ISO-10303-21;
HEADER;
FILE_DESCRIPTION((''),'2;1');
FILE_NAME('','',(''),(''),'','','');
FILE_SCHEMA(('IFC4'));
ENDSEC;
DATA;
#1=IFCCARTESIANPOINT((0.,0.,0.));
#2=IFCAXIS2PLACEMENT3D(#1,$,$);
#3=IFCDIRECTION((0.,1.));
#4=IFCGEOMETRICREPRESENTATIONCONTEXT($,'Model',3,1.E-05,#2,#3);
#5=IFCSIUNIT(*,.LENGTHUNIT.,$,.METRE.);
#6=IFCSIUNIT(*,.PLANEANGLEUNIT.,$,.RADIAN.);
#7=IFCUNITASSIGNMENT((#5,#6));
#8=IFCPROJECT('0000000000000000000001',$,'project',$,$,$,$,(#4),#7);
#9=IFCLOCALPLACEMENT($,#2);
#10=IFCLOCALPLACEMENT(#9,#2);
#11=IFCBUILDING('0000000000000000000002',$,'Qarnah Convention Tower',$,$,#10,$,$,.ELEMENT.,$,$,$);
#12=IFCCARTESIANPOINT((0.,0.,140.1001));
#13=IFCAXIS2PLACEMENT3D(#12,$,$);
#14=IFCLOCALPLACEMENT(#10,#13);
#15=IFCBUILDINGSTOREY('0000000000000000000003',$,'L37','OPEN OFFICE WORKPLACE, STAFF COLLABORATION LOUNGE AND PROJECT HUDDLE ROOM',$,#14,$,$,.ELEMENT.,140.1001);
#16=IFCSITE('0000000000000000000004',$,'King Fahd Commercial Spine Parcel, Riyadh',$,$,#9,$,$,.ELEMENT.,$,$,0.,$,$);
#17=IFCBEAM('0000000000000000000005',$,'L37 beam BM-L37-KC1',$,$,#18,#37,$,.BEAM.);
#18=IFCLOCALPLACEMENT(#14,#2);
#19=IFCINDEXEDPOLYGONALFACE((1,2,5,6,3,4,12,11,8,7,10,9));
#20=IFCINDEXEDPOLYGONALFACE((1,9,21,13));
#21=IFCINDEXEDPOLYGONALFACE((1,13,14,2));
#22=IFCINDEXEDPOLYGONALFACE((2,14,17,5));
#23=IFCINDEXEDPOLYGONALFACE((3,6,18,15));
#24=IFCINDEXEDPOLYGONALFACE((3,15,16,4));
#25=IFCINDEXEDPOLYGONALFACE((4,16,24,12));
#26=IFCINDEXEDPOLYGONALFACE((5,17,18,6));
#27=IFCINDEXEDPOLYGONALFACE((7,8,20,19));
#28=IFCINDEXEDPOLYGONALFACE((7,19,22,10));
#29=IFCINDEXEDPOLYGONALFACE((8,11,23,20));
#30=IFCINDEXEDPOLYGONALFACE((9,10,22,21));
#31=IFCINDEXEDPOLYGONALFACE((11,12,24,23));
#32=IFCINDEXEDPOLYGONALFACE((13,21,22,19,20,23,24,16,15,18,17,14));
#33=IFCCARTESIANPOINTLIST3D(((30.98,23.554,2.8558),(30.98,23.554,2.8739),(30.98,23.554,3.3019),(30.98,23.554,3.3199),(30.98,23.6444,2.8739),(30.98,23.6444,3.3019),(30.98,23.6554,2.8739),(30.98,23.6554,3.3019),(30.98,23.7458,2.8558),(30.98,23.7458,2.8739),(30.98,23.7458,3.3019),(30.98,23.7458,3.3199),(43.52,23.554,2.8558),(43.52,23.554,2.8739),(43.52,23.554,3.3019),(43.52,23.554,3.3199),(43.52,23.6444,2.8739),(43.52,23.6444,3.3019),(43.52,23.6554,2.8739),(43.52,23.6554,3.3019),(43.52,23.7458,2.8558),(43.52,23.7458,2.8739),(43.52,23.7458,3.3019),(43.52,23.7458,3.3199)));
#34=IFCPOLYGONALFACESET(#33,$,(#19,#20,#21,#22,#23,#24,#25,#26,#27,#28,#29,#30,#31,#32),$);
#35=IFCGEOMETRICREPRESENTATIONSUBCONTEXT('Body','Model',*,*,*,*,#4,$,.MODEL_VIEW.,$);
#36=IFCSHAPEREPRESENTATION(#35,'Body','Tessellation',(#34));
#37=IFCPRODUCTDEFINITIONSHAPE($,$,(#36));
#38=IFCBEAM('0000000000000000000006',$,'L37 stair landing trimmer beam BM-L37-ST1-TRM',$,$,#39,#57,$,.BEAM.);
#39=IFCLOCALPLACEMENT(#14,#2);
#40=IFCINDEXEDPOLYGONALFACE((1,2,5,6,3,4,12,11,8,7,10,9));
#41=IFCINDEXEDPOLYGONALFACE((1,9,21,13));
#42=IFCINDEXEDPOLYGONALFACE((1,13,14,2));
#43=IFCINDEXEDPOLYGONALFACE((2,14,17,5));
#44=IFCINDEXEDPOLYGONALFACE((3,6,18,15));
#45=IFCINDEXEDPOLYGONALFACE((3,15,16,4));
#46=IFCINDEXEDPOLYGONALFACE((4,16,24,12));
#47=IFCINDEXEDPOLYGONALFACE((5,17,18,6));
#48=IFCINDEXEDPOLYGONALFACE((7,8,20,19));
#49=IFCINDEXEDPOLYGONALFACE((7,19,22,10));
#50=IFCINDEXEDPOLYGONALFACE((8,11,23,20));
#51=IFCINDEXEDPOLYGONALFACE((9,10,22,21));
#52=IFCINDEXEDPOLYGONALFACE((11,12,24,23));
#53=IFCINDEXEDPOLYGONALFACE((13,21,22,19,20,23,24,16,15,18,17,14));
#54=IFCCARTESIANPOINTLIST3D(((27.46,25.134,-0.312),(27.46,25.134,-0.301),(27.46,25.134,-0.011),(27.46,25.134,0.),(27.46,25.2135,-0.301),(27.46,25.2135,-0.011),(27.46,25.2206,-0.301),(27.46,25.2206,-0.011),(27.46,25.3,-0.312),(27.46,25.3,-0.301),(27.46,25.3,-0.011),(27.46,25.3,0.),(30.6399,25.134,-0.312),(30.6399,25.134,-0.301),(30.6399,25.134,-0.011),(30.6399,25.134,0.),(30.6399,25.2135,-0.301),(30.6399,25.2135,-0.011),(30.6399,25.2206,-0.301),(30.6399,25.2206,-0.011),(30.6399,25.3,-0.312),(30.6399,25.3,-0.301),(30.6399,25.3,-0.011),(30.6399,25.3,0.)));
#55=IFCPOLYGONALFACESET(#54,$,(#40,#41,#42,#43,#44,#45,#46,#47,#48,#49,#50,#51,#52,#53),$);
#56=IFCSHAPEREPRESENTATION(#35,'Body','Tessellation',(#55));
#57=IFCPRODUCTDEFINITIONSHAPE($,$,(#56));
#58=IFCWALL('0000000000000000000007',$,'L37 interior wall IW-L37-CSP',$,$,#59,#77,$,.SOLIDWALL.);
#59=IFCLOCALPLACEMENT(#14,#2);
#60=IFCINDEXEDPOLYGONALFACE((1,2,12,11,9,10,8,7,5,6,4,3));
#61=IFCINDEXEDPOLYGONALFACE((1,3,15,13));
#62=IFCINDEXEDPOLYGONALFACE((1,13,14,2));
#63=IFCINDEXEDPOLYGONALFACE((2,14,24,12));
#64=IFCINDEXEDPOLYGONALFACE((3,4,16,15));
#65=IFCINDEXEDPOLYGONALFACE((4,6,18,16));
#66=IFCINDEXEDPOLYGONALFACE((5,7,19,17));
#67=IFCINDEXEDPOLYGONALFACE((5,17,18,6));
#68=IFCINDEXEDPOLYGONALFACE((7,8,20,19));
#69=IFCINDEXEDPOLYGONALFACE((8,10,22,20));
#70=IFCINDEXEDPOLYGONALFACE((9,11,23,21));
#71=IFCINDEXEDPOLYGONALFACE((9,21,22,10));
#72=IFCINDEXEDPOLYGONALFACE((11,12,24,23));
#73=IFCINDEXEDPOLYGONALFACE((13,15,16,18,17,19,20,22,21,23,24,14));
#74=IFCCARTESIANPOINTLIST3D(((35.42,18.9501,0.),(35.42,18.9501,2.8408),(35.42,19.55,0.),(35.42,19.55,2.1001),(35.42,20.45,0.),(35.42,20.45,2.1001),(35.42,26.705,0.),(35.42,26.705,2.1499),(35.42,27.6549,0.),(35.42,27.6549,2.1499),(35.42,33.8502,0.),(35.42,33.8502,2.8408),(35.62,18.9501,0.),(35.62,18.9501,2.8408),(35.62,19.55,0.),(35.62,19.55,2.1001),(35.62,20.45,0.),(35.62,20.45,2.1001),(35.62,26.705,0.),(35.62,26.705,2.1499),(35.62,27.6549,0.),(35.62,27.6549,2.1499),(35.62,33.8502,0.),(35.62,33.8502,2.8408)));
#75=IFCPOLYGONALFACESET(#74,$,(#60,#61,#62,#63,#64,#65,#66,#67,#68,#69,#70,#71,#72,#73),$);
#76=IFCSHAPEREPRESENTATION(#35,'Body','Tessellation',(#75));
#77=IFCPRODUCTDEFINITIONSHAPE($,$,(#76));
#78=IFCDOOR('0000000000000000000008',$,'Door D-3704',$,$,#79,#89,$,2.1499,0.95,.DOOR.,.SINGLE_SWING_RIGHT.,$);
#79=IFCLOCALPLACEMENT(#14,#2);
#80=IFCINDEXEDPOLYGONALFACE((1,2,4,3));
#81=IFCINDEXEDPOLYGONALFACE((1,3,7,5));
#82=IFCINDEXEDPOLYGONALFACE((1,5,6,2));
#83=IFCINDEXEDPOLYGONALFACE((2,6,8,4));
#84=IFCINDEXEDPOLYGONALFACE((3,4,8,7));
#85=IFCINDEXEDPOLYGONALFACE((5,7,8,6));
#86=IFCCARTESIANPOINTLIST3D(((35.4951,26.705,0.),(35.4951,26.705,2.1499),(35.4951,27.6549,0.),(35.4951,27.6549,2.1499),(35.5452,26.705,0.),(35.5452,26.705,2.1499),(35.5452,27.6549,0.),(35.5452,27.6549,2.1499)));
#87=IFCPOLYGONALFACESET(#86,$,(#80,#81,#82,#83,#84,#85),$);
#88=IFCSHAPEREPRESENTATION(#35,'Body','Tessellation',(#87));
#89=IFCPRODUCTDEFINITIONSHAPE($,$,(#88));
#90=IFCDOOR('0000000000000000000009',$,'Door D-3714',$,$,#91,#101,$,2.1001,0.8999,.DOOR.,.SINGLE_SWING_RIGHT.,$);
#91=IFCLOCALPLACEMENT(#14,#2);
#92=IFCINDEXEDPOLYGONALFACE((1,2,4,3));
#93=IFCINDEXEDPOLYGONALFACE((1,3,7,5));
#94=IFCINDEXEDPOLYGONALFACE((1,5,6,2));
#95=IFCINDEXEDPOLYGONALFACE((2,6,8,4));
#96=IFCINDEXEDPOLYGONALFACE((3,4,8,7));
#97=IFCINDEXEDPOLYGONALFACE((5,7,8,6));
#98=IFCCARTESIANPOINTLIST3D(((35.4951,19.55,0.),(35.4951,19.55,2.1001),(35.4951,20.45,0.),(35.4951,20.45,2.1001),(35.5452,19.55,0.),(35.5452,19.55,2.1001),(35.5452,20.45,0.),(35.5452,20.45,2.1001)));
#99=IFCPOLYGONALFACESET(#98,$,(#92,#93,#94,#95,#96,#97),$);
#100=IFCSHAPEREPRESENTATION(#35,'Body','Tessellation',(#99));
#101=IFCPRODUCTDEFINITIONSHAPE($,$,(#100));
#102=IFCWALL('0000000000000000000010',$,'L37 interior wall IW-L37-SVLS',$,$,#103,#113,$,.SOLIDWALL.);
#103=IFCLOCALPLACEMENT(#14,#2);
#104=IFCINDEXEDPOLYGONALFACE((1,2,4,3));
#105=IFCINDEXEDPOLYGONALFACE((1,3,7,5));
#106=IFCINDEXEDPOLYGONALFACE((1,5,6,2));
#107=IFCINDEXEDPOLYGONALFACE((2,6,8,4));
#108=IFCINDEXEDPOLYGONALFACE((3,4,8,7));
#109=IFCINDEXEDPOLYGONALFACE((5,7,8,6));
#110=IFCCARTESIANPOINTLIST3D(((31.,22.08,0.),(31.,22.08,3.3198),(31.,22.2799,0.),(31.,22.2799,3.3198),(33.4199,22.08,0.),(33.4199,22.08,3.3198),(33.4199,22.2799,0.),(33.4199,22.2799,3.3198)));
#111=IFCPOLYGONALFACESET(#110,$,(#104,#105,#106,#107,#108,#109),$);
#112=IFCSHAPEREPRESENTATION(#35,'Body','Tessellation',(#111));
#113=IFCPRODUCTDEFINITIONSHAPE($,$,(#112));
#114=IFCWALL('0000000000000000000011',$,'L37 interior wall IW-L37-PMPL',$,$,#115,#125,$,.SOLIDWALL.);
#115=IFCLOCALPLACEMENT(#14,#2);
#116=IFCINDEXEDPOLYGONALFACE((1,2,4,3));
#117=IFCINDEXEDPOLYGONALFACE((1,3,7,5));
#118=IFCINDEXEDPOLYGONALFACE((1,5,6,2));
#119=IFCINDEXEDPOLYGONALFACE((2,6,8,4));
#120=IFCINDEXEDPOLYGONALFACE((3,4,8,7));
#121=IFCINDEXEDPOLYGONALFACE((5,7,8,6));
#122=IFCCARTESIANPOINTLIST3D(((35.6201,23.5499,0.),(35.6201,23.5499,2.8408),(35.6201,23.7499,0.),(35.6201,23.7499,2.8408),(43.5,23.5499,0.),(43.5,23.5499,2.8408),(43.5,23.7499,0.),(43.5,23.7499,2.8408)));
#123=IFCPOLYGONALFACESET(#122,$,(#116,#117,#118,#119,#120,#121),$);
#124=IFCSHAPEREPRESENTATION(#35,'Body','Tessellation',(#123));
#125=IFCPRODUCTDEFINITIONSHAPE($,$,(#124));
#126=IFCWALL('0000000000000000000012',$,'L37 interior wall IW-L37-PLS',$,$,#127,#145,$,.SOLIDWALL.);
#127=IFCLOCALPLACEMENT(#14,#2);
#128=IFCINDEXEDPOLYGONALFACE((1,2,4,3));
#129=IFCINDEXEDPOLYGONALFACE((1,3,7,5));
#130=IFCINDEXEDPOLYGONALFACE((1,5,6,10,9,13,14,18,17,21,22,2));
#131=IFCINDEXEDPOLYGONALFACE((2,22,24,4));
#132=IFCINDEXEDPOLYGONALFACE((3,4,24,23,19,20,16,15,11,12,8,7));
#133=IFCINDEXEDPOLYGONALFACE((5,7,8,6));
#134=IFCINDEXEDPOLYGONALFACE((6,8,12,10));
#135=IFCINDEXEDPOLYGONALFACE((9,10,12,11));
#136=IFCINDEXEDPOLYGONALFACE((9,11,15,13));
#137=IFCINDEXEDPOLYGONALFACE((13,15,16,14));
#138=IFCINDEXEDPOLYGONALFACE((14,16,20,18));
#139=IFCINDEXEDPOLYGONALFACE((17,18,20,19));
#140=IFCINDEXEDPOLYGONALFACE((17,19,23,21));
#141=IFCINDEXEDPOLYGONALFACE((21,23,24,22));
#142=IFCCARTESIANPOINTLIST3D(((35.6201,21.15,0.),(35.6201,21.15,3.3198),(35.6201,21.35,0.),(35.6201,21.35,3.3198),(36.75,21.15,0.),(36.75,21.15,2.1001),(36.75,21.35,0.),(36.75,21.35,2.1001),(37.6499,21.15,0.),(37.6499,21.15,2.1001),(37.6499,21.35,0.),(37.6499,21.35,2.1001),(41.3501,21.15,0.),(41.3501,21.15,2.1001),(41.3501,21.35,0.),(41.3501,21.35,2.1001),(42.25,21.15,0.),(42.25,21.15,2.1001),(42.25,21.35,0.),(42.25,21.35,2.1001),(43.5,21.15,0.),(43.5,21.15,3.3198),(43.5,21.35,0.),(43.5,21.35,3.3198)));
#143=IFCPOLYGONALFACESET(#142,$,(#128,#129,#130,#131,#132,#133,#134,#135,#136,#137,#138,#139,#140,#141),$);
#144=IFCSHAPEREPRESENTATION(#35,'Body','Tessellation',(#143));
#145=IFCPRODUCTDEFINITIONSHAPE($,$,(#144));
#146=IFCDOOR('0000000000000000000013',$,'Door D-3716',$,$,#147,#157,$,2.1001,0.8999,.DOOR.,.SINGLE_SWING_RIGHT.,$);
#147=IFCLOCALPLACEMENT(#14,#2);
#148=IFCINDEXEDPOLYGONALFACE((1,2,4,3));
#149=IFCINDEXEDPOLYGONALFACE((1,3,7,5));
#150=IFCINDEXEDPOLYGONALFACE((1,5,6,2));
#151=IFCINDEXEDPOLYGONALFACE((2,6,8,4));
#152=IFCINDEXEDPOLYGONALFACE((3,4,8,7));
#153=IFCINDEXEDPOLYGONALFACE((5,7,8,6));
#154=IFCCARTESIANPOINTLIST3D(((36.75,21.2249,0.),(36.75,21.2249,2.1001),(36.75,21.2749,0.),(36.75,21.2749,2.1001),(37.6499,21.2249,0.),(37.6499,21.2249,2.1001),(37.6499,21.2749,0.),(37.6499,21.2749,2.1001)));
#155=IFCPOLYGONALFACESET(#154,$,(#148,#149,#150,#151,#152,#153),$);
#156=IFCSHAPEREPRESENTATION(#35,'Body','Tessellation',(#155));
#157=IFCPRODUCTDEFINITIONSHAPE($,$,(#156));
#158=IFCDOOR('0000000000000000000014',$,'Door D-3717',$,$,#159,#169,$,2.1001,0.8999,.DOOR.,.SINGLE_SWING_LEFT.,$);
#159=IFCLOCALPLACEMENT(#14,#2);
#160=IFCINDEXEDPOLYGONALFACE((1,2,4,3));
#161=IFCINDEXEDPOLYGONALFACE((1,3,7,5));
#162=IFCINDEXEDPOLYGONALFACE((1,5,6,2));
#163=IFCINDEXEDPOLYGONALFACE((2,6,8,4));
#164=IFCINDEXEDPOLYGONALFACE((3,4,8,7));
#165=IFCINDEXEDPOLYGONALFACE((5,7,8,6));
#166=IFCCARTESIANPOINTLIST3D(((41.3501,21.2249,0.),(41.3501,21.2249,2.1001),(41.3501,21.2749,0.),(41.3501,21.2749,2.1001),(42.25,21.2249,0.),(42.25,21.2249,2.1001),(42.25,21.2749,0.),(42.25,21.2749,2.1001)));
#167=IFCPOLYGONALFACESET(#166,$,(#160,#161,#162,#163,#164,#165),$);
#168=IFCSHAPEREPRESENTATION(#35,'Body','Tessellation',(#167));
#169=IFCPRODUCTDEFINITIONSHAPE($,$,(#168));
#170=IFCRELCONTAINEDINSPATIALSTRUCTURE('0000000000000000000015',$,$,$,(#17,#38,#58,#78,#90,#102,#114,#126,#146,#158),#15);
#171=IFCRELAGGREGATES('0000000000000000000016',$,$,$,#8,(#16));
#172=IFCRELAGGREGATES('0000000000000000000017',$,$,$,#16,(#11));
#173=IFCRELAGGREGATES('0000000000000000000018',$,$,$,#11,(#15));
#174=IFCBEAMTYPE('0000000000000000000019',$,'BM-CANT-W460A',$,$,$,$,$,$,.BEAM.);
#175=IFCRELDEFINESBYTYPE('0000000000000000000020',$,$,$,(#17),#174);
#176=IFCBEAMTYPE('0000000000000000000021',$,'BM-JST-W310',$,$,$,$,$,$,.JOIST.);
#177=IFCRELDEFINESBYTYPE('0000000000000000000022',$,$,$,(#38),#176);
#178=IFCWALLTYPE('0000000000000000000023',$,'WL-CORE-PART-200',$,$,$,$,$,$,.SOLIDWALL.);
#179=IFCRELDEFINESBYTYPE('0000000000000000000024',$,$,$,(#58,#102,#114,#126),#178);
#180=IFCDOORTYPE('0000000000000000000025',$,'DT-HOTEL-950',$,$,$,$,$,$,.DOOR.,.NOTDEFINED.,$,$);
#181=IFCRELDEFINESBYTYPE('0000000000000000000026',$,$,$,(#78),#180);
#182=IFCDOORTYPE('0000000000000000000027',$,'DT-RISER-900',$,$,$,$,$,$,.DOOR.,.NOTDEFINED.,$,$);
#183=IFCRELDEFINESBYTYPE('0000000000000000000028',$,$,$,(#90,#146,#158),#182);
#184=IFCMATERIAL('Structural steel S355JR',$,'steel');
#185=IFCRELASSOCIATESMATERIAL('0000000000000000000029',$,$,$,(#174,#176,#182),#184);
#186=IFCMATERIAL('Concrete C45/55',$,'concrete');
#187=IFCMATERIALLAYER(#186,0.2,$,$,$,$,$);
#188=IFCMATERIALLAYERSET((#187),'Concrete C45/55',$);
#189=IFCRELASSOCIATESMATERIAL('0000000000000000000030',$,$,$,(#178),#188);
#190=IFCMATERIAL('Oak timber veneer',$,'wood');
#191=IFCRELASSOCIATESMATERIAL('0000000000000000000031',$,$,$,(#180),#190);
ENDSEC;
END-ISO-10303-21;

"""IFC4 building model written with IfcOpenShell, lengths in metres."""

from ifc_helpers import new_model, si_unit, direction, frame, frame_2d, origin, origin_2d, place, context, subcontext, project, spatial, rectangle, i_section, extrude, material, layer, layer_set, material_profile, profile_set, type_object, element, fill, save


model = new_model("IFC4")

# Units and contexts
model_context = context("Model", 3, precision=1e-05, world=origin(), true_north=direction((0.0, 1.0)))
body_context = subcontext(model_context, "Body", "Model", "MODEL_VIEW")
ifc_project = project(units=[si_unit("LENGTHUNIT", "METRE"), si_unit("PLANEANGLEUNIT", "RADIAN")], contexts=[model_context])

# Site, building, storey
site_placement = place(None, origin())
site = spatial("IfcSite", under=ifc_project, at=site_placement, Name="King Fahd Commercial Spine Parcel, Riyadh", CompositionType="ELEMENT", RefElevation=0.0)
building_placement = place(site_placement, origin())
building = spatial("IfcBuilding", under=site, at=building_placement, Name="Qarnah Convention Tower", CompositionType="ELEMENT")
storey_placement = place(building_placement, frame((0.0, 0.0, 140.1001)))
storey = spatial("IfcBuildingStorey", under=building, at=storey_placement, Name="L37", Description="OPEN OFFICE WORKPLACE, STAFF COLLABORATION LOUNGE AND PROJECT HUDDLE ROOM", CompositionType="ELEMENT", Elevation=140.1001)

# Beams
ifc_material_1 = material(Name="Structural steel S355JR", Category="steel")
ifc_material_profile_1 = material_profile(ifc_material_1, i_section(OverallWidth=0.1919, OverallDepth=0.4641, WebThickness=0.011, FlangeThickness=0.0181, at=origin_2d()), Name="W460X89")
ifc_profile_set_1 = profile_set([ifc_material_profile_1], Name="Structural steel S355JR")
beam_type_1 = type_object("IfcBeamType", Name="BM-CANT-W460A", PredefinedType="BEAM", material=ifc_profile_set_1)
beam_1_placement = place(storey_placement, frame((30.98, 23.6499, 3.0879), z_axis=(1.0, 0.0, 0.0), x_axis=(0.0, 1.0, 0.0)))
element("IfcBeam", 1, at=beam_1_placement, inside=storey, type_object=beam_type_1, Name="L37 beam BM-L37-KC1", PredefinedType="BEAM", context=body_context, shape_type="SweptSolid", body=[
    extrude(i_section(OverallWidth=0.1919, OverallDepth=0.4641, WebThickness=0.011, FlangeThickness=0.0181, at=origin_2d()), origin(), (0.0, 0.0, 1.0), 12.54),
])
ifc_material_profile_2 = material_profile(ifc_material_1, i_section(OverallWidth=0.166, OverallDepth=0.312, WebThickness=0.0071, FlangeThickness=0.011, at=origin_2d()), Name="W310X45")
ifc_profile_set_2 = profile_set([ifc_material_profile_2], Name="Structural steel S355JR")
beam_type_2 = type_object("IfcBeamType", Name="BM-JST-W310", PredefinedType="JOIST", material=ifc_profile_set_2)
beam_2_placement = place(storey_placement, frame((27.46, 25.217, -0.156), z_axis=(1.0, 0.0, 0.0), x_axis=(0.0, 1.0, 0.0)))
element("IfcBeam", 2, at=beam_2_placement, inside=storey, type_object=beam_type_2, Name="L37 stair landing trimmer beam BM-L37-ST1-TRM", PredefinedType="BEAM", context=body_context, shape_type="SweptSolid", body=[
    extrude(i_section(OverallWidth=0.166, OverallDepth=0.312, WebThickness=0.0071, FlangeThickness=0.011, at=origin_2d()), origin(), (0.0, 0.0, 1.0), 3.1799),
])

# Wall, openings, doors
ifc_material_2 = material(Name="Concrete C45/55", Category="concrete")
ifc_layer_1 = layer(ifc_material_2, 0.2)
ifc_layer_set_1 = layer_set([ifc_layer_1], Name="Concrete C45/55")
wall_type_1 = type_object("IfcWallType", Name="WL-CORE-PART-200", PredefinedType="SOLIDWALL", material=ifc_layer_set_1)
wall_1_placement = place(storey_placement, frame((35.52, 18.95, 0.0), z_axis=(0.0, 0.0, 1.0), x_axis=(0.0, 1.0, 0.0)))
wall_1 = element("IfcWall", 3, at=wall_1_placement, inside=storey, type_object=wall_type_1, Name="L37 interior wall IW-L37-CSP", PredefinedType="SOLIDWALL", context=body_context, shape_type="SweptSolid", body=[
    extrude(rectangle(XDim=14.9001, YDim=0.2, at=frame_2d((7.4502, 0.0))), origin(), (0.0, 0.0, 1.0), 2.8408),
])
opening_1_placement = place(wall_1_placement, frame((7.7549, 0.0, 0.0)))
opening_1 = element("IfcOpeningElement", 4, at=opening_1_placement, cuts=wall_1, PredefinedType="OPENING", context=body_context, shape_type="SweptSolid", body=[
    extrude(rectangle(XDim=0.95, YDim=2.1499, at=frame_2d((0.4751, 1.075))), frame((0.0, 0.1099, 0.0), z_axis=(0.0, -1.0, 0.0), x_axis=(1.0, 0.0, 0.0)), (0.0, 0.0, 1.0), 0.22),
])
opening_2_placement = place(wall_1_placement, frame((0.6001, 0.0, 0.0)))
opening_2 = element("IfcOpeningElement", 5, at=opening_2_placement, cuts=wall_1, PredefinedType="OPENING", context=body_context, shape_type="SweptSolid", body=[
    extrude(rectangle(XDim=0.8999, YDim=2.1001, at=frame_2d((0.45, 1.05))), frame((0.0, 0.1099, 0.0), z_axis=(0.0, -1.0, 0.0), x_axis=(1.0, 0.0, 0.0)), (0.0, 0.0, 1.0), 0.22),
])
ifc_material_3 = material(Name="Oak timber veneer", Category="wood")
door_type_1 = type_object("IfcDoorType", Name="DT-HOTEL-950", OperationType="NOTDEFINED", PredefinedType="DOOR", material=ifc_material_3)
door_1_placement = place(opening_1_placement, origin())
door_1 = element("IfcDoor", 6, at=door_1_placement, inside=storey, type_object=door_type_1, Name="Door D-3704", OperationType="SINGLE_SWING_RIGHT", OverallHeight=2.1499, OverallWidth=0.95, PredefinedType="DOOR", context=body_context, shape_type="SweptSolid", body=[
    extrude(rectangle(XDim=0.95, YDim=2.1499, at=frame_2d((0.4751, 1.075))), frame((0.0, 0.0249, 0.0), z_axis=(0.0, -1.0, 0.0), x_axis=(1.0, 0.0, 0.0)), (0.0, 0.0, 1.0), 0.05),
])
fill(opening_1, door_1)
door_type_2 = type_object("IfcDoorType", Name="DT-RISER-900", OperationType="NOTDEFINED", PredefinedType="DOOR", material=ifc_material_1)
door_2_placement = place(opening_2_placement, origin())
door_2 = element("IfcDoor", 7, at=door_2_placement, inside=storey, type_object=door_type_2, Name="Door D-3714", OperationType="SINGLE_SWING_RIGHT", OverallHeight=2.1001, OverallWidth=0.8999, PredefinedType="DOOR", context=body_context, shape_type="SweptSolid", body=[
    extrude(rectangle(XDim=0.8999, YDim=2.1001, at=frame_2d((0.45, 1.05))), frame((0.0, 0.0249, 0.0), z_axis=(0.0, -1.0, 0.0), x_axis=(1.0, 0.0, 0.0)), (0.0, 0.0, 1.0), 0.05),
])
fill(opening_2, door_2)

# Walls
wall_2_placement = place(storey_placement, frame((31.0, 22.1799, 0.0), z_axis=(0.0, 0.0, 1.0), x_axis=(1.0, 0.0, 0.0)))
element("IfcWall", 8, at=wall_2_placement, inside=storey, type_object=wall_type_1, Name="L37 interior wall IW-L37-SVLS", PredefinedType="SOLIDWALL", context=body_context, shape_type="SweptSolid", body=[
    extrude(rectangle(XDim=2.4199, YDim=0.2, at=frame_2d((1.21, 0.0))), origin(), (0.0, 0.0, 1.0), 3.3198),
])
wall_3_placement = place(storey_placement, frame((35.6201, 23.6499, 0.0), z_axis=(0.0, 0.0, 1.0), x_axis=(1.0, 0.0, 0.0)))
element("IfcWall", 9, at=wall_3_placement, inside=storey, type_object=wall_type_1, Name="L37 interior wall IW-L37-PMPL", PredefinedType="SOLIDWALL", context=body_context, shape_type="SweptSolid", body=[
    extrude(rectangle(XDim=7.8799, YDim=0.2, at=frame_2d((3.9399, 0.0))), origin(), (0.0, 0.0, 1.0), 2.8408),
])

# Wall, openings, doors
wall_4_placement = place(storey_placement, frame((35.6201, 21.25, 0.0), z_axis=(0.0, 0.0, 1.0), x_axis=(1.0, 0.0, 0.0)))
wall_4 = element("IfcWall", 10, at=wall_4_placement, inside=storey, type_object=wall_type_1, Name="L37 interior wall IW-L37-PLS", PredefinedType="SOLIDWALL", context=body_context, shape_type="SweptSolid", body=[
    extrude(rectangle(XDim=7.8799, YDim=0.2, at=frame_2d((3.9399, 0.0))), origin(), (0.0, 0.0, 1.0), 3.3198),
])
opening_3_placement = place(wall_4_placement, frame((1.1299, 0.0, 0.0)))
opening_3 = element("IfcOpeningElement", 11, at=opening_3_placement, cuts=wall_4, PredefinedType="OPENING", context=body_context, shape_type="SweptSolid", body=[
    extrude(rectangle(XDim=0.8999, YDim=2.1001, at=frame_2d((0.45, 1.05))), frame((0.0, 0.1099, 0.0), z_axis=(0.0, -1.0, 0.0), x_axis=(1.0, 0.0, 0.0)), (0.0, 0.0, 1.0), 0.22),
])
opening_4_placement = place(wall_4_placement, frame((5.73, 0.0, 0.0)))
opening_4 = element("IfcOpeningElement", 12, at=opening_4_placement, cuts=wall_4, PredefinedType="OPENING", context=body_context, shape_type="SweptSolid", body=[
    extrude(rectangle(XDim=0.8999, YDim=2.1001, at=frame_2d((0.45, 1.05))), frame((0.0, 0.1099, 0.0), z_axis=(0.0, -1.0, 0.0), x_axis=(1.0, 0.0, 0.0)), (0.0, 0.0, 1.0), 0.22),
])
door_3_placement = place(opening_3_placement, origin())
door_3 = element("IfcDoor", 13, at=door_3_placement, inside=storey, type_object=door_type_2, Name="Door D-3716", OperationType="SINGLE_SWING_RIGHT", OverallHeight=2.1001, OverallWidth=0.8999, PredefinedType="DOOR", context=body_context, shape_type="SweptSolid", body=[
    extrude(rectangle(XDim=0.8999, YDim=2.1001, at=frame_2d((0.45, 1.05))), frame((0.0, 0.0249, 0.0), z_axis=(0.0, -1.0, 0.0), x_axis=(1.0, 0.0, 0.0)), (0.0, 0.0, 1.0), 0.05),
])
fill(opening_3, door_3)
door_4_placement = place(opening_4_placement, origin())
door_4 = element("IfcDoor", 14, at=door_4_placement, inside=storey, type_object=door_type_2, Name="Door D-3717", OperationType="SINGLE_SWING_LEFT", OverallHeight=2.1001, OverallWidth=0.8999, PredefinedType="DOOR", context=body_context, shape_type="SweptSolid", body=[
    extrude(rectangle(XDim=0.8999, YDim=2.1001, at=frame_2d((0.45, 1.05))), frame((0.0, 0.0249, 0.0), z_axis=(0.0, -1.0, 0.0), x_axis=(1.0, 0.0, 0.0)), (0.0, 0.0, 1.0), 0.05),
])
fill(opening_4, door_4)

save(model, "model.ifc")
